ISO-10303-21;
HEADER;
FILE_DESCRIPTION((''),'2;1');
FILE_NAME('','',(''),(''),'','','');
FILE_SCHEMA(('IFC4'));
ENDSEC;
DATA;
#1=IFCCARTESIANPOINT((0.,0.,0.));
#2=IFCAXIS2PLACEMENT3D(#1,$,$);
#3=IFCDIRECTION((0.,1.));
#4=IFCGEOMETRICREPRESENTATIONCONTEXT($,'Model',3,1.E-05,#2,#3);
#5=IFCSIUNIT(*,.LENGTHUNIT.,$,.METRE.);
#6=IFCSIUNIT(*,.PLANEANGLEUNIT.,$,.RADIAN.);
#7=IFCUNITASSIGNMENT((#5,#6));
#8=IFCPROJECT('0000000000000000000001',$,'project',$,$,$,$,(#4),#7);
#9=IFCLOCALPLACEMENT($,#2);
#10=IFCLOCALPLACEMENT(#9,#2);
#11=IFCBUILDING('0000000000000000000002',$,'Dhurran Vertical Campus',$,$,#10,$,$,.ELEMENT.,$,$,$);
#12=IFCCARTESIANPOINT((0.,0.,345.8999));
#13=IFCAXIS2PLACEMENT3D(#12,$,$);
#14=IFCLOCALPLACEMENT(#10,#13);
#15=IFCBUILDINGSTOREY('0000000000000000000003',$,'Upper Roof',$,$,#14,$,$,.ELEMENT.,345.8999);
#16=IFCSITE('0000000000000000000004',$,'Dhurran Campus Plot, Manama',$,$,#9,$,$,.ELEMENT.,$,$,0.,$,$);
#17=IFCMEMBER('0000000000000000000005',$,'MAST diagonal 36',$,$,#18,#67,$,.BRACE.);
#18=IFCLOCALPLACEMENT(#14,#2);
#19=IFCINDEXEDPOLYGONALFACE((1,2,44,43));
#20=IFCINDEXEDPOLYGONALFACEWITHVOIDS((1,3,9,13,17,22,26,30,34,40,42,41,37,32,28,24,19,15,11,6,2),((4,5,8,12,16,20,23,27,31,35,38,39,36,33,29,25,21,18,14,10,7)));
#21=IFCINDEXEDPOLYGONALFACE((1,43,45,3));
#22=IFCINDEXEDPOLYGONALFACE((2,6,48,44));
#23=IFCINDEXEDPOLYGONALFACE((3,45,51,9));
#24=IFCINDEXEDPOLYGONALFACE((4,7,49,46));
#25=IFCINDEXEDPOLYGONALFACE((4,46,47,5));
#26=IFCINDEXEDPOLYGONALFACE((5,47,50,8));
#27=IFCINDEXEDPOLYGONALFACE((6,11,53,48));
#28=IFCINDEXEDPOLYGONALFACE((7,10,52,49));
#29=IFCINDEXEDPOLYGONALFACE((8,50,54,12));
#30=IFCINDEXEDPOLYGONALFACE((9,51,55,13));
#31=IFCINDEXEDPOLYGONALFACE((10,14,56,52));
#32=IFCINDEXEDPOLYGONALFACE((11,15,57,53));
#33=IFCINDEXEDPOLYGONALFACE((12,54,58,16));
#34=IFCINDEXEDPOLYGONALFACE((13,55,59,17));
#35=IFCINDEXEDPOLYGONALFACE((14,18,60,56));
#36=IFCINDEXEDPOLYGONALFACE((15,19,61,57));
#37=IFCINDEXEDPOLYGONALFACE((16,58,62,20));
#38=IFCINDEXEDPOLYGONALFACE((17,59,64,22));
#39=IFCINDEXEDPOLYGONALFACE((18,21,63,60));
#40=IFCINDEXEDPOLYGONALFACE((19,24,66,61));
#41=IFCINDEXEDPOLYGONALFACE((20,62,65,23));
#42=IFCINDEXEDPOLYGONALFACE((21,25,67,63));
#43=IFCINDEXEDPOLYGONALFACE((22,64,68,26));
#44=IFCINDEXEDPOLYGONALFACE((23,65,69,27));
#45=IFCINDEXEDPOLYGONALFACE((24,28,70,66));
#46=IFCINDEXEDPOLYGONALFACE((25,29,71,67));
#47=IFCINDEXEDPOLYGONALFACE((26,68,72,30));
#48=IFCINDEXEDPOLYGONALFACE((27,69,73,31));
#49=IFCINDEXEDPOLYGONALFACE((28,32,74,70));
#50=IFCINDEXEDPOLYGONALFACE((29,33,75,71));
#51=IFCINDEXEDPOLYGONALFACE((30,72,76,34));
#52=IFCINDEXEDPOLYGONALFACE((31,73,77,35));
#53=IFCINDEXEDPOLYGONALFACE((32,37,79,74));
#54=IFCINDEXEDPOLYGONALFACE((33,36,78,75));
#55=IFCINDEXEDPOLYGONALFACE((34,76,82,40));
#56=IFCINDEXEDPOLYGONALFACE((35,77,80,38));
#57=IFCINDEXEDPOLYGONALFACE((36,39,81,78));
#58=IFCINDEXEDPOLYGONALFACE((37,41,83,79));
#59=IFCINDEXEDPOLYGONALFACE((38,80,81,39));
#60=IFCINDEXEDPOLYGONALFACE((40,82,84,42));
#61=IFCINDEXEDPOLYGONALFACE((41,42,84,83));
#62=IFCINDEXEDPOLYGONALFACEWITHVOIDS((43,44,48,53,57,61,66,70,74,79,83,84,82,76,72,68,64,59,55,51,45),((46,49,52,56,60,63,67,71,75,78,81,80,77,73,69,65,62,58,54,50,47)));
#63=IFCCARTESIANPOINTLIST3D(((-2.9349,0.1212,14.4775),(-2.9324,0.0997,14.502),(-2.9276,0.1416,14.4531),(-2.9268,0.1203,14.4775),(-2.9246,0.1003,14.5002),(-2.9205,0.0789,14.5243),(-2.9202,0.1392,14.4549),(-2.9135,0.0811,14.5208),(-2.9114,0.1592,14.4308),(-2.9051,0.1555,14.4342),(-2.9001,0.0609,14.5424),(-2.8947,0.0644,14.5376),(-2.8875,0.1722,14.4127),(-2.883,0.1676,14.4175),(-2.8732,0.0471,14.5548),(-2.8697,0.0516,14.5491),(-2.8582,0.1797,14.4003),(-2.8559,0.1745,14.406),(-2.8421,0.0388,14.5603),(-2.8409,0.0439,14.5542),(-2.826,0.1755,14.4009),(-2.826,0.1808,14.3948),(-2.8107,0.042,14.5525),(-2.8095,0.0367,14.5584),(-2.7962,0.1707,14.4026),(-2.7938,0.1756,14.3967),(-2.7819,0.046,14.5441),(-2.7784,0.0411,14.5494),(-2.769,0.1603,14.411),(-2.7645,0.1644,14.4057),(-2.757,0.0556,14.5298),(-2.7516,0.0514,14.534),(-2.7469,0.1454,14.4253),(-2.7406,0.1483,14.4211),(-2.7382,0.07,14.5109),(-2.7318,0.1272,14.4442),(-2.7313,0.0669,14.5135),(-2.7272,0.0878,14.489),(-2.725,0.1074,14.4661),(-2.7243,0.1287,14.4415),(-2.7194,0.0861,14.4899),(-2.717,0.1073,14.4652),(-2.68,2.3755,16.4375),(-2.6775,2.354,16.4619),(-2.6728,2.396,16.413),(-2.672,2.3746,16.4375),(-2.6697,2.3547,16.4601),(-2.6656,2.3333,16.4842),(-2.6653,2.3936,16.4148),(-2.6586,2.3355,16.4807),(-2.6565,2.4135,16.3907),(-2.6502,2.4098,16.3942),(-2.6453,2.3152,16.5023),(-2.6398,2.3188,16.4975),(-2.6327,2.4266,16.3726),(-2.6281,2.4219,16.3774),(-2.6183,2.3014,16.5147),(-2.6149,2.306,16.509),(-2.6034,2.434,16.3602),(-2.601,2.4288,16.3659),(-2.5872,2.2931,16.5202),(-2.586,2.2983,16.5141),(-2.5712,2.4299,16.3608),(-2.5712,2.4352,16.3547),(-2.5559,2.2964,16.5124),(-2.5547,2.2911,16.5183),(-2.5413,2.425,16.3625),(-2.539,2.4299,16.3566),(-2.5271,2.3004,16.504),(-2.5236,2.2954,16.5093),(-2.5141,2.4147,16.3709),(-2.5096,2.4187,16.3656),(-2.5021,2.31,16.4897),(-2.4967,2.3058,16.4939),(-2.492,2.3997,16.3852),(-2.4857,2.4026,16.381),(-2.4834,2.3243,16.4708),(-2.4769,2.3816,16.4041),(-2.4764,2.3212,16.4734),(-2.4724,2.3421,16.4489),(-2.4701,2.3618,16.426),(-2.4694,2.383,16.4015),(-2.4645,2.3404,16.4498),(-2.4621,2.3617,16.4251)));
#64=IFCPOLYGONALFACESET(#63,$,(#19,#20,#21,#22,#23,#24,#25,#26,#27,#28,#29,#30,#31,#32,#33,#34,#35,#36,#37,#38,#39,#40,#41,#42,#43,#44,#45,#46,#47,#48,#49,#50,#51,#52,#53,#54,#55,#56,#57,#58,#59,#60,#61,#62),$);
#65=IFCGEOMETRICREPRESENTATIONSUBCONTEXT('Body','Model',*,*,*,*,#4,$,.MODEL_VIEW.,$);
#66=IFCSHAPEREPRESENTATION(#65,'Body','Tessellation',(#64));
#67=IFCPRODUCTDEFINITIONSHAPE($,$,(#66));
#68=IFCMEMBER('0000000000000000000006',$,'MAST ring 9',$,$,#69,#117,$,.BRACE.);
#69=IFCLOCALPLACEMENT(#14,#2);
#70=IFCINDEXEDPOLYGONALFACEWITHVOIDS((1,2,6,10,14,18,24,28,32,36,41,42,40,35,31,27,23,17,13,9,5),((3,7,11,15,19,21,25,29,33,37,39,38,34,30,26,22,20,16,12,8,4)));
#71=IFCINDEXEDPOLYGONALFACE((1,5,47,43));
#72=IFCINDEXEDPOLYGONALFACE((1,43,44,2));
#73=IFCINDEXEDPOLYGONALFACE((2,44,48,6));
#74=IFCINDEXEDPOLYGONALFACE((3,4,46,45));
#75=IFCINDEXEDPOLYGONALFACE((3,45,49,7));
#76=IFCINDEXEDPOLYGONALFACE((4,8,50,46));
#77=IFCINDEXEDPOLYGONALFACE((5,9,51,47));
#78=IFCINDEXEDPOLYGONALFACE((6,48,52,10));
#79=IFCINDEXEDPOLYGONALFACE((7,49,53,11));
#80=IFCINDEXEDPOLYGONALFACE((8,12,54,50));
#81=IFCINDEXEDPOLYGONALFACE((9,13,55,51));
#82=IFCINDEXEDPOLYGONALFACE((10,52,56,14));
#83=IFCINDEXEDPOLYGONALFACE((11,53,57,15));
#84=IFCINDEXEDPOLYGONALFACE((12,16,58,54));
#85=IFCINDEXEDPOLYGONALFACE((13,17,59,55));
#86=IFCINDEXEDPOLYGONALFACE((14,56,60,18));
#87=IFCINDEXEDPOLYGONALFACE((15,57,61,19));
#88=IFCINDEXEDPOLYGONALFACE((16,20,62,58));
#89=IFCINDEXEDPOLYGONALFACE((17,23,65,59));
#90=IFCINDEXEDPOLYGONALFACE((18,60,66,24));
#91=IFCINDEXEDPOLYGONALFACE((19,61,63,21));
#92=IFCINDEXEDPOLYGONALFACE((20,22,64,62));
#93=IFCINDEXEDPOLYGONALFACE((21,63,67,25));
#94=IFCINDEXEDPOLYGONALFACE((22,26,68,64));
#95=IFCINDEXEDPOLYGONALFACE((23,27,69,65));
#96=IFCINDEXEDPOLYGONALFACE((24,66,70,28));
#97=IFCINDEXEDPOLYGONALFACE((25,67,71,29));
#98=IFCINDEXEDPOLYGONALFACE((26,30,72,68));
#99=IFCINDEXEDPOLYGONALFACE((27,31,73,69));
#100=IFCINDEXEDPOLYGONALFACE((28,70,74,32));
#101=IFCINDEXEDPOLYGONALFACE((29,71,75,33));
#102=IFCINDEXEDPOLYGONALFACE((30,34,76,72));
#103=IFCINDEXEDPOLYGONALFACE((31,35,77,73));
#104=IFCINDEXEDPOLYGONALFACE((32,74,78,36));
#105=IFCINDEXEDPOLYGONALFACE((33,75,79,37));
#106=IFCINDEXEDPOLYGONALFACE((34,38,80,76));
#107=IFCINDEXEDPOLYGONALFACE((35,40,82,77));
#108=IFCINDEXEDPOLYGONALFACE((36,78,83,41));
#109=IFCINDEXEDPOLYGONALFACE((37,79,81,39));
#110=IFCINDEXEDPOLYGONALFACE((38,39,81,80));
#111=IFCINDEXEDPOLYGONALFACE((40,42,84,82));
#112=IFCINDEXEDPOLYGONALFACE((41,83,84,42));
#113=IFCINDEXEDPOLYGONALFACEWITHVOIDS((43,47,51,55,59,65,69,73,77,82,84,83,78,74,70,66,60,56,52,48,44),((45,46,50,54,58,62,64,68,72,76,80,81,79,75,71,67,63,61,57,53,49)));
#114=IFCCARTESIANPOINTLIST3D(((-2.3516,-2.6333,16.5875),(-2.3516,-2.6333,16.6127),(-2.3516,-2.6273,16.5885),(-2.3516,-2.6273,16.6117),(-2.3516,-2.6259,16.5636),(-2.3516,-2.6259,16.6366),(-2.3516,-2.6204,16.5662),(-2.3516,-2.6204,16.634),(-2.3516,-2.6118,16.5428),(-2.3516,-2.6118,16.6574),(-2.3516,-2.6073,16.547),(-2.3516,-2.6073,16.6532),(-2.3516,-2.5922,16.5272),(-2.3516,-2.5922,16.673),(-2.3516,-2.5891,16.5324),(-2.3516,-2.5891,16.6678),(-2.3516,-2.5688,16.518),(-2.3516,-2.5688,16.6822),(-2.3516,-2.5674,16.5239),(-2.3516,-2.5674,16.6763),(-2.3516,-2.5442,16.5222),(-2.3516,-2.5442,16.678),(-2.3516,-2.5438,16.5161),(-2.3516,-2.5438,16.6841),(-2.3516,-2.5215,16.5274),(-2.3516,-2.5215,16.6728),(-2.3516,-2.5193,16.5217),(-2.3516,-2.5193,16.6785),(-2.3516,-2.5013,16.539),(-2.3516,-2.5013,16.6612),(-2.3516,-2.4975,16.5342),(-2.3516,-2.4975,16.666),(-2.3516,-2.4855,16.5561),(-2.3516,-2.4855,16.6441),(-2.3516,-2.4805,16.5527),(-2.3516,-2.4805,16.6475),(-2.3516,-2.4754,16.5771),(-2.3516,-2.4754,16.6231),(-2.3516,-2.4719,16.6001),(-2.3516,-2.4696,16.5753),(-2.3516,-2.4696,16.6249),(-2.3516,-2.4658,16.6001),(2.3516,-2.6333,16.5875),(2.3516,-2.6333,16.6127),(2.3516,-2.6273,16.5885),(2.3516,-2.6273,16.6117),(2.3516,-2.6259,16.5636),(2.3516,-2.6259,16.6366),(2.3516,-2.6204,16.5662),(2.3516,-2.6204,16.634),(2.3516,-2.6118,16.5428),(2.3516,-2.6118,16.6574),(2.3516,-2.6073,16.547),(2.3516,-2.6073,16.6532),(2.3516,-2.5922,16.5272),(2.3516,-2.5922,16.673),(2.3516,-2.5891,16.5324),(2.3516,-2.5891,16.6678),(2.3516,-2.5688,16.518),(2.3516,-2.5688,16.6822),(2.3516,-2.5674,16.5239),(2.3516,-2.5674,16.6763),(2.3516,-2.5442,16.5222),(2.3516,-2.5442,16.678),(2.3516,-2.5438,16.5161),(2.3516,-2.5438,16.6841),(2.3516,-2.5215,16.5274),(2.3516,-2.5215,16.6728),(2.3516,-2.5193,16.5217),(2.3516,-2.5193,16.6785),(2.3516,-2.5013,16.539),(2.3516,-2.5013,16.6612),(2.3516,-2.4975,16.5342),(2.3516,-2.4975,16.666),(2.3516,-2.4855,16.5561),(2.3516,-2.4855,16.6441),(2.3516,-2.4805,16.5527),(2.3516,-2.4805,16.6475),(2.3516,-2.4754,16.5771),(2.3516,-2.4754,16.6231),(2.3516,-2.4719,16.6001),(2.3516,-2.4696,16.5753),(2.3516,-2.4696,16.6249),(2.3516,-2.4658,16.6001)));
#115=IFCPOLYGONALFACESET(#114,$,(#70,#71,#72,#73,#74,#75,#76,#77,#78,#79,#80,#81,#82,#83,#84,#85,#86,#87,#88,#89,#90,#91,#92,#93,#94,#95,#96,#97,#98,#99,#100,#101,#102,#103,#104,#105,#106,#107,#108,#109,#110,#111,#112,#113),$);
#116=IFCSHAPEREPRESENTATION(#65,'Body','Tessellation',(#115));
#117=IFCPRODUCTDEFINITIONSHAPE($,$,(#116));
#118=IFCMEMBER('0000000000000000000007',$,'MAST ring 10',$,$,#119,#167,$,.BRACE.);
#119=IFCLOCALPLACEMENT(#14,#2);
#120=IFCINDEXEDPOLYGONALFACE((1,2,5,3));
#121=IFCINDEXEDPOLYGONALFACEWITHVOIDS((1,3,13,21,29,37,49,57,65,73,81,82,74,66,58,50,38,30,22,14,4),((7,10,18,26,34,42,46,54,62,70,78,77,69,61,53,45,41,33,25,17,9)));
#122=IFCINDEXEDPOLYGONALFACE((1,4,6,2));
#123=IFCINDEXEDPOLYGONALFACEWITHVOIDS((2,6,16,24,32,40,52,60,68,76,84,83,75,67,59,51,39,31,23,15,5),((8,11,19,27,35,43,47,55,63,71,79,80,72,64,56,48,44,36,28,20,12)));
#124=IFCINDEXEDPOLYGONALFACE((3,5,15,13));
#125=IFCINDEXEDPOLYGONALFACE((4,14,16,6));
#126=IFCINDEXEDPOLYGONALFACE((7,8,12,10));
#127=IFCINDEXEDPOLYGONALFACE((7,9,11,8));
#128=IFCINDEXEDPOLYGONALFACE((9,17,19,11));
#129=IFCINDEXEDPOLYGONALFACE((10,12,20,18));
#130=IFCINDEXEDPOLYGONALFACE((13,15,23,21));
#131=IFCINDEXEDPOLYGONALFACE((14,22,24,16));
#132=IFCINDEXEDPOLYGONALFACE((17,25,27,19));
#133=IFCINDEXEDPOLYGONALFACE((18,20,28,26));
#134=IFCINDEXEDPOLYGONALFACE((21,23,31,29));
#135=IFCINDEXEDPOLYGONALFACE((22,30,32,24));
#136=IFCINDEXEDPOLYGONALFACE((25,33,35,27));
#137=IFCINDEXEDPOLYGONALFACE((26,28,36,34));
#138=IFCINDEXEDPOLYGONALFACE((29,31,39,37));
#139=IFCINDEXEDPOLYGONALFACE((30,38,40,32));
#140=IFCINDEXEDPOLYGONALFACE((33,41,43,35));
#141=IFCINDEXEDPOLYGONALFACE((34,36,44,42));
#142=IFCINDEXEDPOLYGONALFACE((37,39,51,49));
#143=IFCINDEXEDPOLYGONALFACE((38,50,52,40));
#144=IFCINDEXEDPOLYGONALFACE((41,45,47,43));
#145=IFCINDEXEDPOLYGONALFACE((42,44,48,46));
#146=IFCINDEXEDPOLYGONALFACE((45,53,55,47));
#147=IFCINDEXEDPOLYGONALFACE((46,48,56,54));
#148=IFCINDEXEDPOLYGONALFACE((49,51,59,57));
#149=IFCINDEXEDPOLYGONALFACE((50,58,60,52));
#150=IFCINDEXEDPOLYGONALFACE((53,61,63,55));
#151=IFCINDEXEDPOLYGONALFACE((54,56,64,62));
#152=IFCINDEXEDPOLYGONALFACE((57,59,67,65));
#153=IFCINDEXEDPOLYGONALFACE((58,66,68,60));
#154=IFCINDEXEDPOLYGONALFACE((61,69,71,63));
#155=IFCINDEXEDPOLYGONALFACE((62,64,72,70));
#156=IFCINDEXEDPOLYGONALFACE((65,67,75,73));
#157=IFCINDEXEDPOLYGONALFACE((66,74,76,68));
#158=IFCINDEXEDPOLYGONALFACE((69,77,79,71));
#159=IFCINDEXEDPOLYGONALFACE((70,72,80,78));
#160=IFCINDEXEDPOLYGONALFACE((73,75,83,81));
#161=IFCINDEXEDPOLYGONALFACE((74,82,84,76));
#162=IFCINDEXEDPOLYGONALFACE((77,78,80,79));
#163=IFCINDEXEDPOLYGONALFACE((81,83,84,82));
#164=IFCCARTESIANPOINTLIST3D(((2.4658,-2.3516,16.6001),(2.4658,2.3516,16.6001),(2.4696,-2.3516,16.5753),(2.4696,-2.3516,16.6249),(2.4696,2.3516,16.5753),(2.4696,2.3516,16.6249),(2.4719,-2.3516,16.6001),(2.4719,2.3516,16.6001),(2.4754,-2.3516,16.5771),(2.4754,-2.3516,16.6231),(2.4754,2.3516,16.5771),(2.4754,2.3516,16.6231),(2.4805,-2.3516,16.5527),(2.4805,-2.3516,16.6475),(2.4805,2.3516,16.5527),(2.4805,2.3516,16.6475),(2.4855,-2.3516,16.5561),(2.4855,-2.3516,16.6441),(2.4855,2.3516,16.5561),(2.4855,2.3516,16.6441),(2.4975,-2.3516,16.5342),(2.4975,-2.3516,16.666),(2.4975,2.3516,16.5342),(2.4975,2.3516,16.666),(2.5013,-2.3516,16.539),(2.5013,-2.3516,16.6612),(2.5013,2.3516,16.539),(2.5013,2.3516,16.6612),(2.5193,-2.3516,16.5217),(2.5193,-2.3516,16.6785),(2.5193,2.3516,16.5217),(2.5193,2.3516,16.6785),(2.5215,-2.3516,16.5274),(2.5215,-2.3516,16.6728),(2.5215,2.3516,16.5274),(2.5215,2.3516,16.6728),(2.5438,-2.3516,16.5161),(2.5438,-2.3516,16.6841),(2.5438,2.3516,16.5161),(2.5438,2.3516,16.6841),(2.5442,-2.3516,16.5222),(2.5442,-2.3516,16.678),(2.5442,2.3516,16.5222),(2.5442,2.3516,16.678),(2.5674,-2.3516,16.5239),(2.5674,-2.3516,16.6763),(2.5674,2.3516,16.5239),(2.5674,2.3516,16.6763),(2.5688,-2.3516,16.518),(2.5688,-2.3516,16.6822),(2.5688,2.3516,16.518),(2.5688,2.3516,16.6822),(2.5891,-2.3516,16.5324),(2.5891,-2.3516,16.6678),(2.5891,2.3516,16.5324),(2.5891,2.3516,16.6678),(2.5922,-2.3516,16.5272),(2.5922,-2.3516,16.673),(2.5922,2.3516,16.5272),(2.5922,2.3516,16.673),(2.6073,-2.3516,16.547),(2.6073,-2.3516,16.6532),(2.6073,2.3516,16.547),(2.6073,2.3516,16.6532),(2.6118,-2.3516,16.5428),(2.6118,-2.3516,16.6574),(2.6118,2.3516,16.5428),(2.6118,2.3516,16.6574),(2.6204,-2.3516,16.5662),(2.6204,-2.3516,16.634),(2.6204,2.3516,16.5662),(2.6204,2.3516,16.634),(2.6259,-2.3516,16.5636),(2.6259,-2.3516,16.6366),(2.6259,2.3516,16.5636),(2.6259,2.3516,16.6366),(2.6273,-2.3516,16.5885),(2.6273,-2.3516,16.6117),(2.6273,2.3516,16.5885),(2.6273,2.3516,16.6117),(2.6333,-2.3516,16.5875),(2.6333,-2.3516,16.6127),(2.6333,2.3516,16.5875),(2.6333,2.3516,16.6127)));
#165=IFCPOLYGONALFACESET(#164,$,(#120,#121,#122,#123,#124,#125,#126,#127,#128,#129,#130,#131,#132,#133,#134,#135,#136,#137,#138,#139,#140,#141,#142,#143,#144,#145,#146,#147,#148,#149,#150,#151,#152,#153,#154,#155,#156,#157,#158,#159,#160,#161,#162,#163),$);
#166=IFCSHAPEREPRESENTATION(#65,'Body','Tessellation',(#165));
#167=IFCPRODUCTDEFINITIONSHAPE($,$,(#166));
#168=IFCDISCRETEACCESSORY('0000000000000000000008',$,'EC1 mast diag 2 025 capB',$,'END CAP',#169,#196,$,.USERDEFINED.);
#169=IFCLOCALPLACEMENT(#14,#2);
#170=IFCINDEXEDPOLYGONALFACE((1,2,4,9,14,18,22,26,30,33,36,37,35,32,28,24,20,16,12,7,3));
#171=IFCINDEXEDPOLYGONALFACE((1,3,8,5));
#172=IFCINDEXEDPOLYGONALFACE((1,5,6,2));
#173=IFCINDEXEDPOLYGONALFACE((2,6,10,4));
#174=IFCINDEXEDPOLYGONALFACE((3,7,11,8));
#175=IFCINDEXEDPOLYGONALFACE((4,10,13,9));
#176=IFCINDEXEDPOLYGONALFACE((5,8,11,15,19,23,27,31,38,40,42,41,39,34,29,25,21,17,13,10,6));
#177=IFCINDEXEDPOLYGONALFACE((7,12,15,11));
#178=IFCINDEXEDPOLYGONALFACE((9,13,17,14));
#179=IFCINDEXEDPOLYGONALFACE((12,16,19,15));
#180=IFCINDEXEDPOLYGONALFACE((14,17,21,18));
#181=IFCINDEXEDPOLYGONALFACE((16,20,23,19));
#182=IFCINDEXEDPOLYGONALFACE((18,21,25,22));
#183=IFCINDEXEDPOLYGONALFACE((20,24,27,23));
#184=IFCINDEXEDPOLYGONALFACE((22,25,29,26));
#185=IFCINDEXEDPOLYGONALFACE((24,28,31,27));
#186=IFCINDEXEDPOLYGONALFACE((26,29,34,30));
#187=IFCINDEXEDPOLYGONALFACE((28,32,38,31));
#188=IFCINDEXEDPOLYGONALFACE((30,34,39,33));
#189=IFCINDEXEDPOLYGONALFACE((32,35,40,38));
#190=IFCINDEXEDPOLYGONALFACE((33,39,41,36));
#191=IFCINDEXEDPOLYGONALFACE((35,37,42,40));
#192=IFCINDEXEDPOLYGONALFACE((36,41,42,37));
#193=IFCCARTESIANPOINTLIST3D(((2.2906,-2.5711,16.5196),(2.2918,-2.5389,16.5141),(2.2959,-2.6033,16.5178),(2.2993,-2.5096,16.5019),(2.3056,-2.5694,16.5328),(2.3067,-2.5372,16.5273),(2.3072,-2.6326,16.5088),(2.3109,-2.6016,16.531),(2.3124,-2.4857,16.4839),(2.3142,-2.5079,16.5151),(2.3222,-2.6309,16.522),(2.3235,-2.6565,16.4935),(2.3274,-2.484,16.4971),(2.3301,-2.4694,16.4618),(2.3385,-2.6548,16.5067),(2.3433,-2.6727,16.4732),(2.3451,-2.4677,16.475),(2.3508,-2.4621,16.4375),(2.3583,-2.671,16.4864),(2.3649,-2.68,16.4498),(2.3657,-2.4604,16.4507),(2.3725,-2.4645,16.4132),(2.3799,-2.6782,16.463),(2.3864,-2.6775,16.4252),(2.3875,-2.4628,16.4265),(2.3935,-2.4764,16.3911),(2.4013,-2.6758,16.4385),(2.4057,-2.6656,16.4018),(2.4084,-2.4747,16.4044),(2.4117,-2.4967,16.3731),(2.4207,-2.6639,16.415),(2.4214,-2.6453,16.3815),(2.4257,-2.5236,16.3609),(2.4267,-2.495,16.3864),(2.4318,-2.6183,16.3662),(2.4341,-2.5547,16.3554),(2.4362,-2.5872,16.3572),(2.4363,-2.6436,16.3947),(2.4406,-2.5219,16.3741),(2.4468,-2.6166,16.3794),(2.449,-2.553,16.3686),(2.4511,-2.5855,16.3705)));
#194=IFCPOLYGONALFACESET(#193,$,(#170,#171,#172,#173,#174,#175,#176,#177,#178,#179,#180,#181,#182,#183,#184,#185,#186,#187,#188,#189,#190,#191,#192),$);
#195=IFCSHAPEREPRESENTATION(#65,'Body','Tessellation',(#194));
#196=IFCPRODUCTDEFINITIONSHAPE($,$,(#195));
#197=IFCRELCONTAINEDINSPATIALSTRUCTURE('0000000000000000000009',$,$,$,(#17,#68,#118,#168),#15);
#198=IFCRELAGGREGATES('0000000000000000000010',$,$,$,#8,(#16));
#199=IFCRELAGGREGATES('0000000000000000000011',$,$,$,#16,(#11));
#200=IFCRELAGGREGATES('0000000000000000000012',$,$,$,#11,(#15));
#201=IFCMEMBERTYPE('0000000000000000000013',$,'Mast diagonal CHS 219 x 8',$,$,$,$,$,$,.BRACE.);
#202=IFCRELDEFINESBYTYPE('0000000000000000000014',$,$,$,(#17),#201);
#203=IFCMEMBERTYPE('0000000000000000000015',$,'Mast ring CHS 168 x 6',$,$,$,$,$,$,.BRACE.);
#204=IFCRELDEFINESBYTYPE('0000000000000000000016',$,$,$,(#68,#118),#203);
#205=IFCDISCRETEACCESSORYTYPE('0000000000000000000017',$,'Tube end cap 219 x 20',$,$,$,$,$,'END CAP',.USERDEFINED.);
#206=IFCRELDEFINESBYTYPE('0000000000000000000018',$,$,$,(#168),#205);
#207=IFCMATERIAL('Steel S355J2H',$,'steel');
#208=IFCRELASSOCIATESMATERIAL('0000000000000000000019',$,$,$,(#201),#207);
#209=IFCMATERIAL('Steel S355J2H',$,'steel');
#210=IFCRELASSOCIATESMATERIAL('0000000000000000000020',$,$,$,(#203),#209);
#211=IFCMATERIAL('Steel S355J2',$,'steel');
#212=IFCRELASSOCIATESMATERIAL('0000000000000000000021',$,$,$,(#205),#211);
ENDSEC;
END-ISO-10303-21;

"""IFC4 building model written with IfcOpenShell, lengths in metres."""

from ifc_helpers import new_model, si_unit, direction, frame, origin, origin_2d, place, context, subcontext, project, spatial, circle, hollow_circle, extrude, material, material_profile, profile_set, type_object, element, save


model = new_model("IFC4")

# Units and contexts
model_context = context("Model", 3, precision=1e-05, world=origin(), true_north=direction((0.0, 1.0)))
body_context = subcontext(model_context, "Body", "Model", "MODEL_VIEW")
ifc_project = project(units=[si_unit("LENGTHUNIT", "METRE"), si_unit("PLANEANGLEUNIT", "RADIAN")], contexts=[model_context])

# Site, building, storey
site_placement = place(None, origin())
site = spatial("IfcSite", under=ifc_project, at=site_placement, Name="Dhurran Campus Plot, Manama", CompositionType="ELEMENT", RefElevation=0.0)
building_placement = place(site_placement, origin())
building = spatial("IfcBuilding", under=site, at=building_placement, Name="Dhurran Vertical Campus", CompositionType="ELEMENT")
storey_placement = place(building_placement, frame((0.0, 0.0, 345.8999)))
storey = spatial("IfcBuildingStorey", under=building, at=storey_placement, Name="Upper Roof", CompositionType="ELEMENT", Elevation=345.8999)

# Members
ifc_material_1 = material(Name="Steel S355J2H", Category="steel")
ifc_material_profile_1 = material_profile(ifc_material_1, hollow_circle(Radius=0.1096, WallThickness=0.0081, at=origin_2d()), Name="CHS219x8")
ifc_profile_set_1 = profile_set([ifc_material_profile_1], Name="Steel S355J2H")
member_type_1 = type_object("IfcMemberType", Name="Mast diagonal CHS 219 x 8", PredefinedType="BRACE", material=ifc_profile_set_1)
member_1_placement = place(storey_placement, frame((-2.8259, 0.1089, 14.4775), z_axis=(0.085014, 0.751937, 0.653731), x_axis=(-0.993669, 0.112345, 0.0)))
element("IfcMember", 1, at=member_1_placement, inside=storey, type_object=member_type_1, Name="MAST diagonal 36", PredefinedType="BRACE", context=body_context, shape_type="SweptSolid", body=[
    extrude(hollow_circle(Radius=0.1096, WallThickness=0.0081, at=origin_2d()), origin(), (0.0, 0.0, 1.0), 2.998),
])
ifc_material_2 = material(Name="Steel S355J2H", Category="steel")
ifc_material_profile_2 = material_profile(ifc_material_2, hollow_circle(Radius=0.0842, WallThickness=0.0061, at=origin_2d()), Name="CHS168x6")
ifc_profile_set_2 = profile_set([ifc_material_profile_2], Name="Steel S355J2H")
member_type_2 = type_object("IfcMemberType", Name="Mast ring CHS 168 x 6", PredefinedType="BRACE", material=ifc_profile_set_2)
for number, where, z_axis, x_axis, name in (
    (2, (-2.3516, -2.55, 16.6001), (1.0, 0.0, 0.0), (0.0, 1.0, 0.0), "MAST ring 9"),
    (3, (2.55, -2.3516, 16.6001), (0.0, 1.0, 0.0), (-1.0, 0.0, 0.0), "MAST ring 10"),
):
    element("IfcMember", number, at=place(storey_placement, frame(where, z_axis=z_axis, x_axis=x_axis)), inside=storey, type_object=member_type_2, Name=name, PredefinedType="BRACE", context=body_context, shape_type="SweptSolid", body=[
        extrude(hollow_circle(Radius=0.0842, WallThickness=0.0061, at=origin_2d()), origin(), (0.0, 0.0, 1.0), 4.7031),
    ])

# Discrete accessory
ifc_material_3 = material(Name="Steel S355J2", Category="steel")
ifc_material_profile_3 = material_profile(ifc_material_3, circle(Radius=0.1096, at=origin_2d()), Name="Tube end cap 219 x 20")
ifc_profile_set_3 = profile_set([ifc_material_profile_3], Name="Steel S355J2")
discrete_accessory_type = type_object("IfcDiscreteAccessoryType", Name="Tube end cap 219 x 20", ElementType="END CAP", PredefinedType="USERDEFINED", material=ifc_profile_set_3)
discrete_accessory_1_placement = place(storey_placement, frame((2.3633, -2.571, 16.4375), z_axis=(0.746013, 0.085608, 0.660405), x_axis=(-0.114006, 0.99348, 0.0)))
element("IfcDiscreteAccessory", 4, at=discrete_accessory_1_placement, inside=storey, type_object=discrete_accessory_type, Name="EC1 mast diag 2 025 capB", ObjectType="END CAP", PredefinedType="USERDEFINED", context=body_context, shape_type="SweptSolid", body=[
    extrude(circle(Radius=0.1096, at=origin_2d()), origin(), (0.0, 0.0, 1.0), 0.02),
])

save(model, "model.ifc")
